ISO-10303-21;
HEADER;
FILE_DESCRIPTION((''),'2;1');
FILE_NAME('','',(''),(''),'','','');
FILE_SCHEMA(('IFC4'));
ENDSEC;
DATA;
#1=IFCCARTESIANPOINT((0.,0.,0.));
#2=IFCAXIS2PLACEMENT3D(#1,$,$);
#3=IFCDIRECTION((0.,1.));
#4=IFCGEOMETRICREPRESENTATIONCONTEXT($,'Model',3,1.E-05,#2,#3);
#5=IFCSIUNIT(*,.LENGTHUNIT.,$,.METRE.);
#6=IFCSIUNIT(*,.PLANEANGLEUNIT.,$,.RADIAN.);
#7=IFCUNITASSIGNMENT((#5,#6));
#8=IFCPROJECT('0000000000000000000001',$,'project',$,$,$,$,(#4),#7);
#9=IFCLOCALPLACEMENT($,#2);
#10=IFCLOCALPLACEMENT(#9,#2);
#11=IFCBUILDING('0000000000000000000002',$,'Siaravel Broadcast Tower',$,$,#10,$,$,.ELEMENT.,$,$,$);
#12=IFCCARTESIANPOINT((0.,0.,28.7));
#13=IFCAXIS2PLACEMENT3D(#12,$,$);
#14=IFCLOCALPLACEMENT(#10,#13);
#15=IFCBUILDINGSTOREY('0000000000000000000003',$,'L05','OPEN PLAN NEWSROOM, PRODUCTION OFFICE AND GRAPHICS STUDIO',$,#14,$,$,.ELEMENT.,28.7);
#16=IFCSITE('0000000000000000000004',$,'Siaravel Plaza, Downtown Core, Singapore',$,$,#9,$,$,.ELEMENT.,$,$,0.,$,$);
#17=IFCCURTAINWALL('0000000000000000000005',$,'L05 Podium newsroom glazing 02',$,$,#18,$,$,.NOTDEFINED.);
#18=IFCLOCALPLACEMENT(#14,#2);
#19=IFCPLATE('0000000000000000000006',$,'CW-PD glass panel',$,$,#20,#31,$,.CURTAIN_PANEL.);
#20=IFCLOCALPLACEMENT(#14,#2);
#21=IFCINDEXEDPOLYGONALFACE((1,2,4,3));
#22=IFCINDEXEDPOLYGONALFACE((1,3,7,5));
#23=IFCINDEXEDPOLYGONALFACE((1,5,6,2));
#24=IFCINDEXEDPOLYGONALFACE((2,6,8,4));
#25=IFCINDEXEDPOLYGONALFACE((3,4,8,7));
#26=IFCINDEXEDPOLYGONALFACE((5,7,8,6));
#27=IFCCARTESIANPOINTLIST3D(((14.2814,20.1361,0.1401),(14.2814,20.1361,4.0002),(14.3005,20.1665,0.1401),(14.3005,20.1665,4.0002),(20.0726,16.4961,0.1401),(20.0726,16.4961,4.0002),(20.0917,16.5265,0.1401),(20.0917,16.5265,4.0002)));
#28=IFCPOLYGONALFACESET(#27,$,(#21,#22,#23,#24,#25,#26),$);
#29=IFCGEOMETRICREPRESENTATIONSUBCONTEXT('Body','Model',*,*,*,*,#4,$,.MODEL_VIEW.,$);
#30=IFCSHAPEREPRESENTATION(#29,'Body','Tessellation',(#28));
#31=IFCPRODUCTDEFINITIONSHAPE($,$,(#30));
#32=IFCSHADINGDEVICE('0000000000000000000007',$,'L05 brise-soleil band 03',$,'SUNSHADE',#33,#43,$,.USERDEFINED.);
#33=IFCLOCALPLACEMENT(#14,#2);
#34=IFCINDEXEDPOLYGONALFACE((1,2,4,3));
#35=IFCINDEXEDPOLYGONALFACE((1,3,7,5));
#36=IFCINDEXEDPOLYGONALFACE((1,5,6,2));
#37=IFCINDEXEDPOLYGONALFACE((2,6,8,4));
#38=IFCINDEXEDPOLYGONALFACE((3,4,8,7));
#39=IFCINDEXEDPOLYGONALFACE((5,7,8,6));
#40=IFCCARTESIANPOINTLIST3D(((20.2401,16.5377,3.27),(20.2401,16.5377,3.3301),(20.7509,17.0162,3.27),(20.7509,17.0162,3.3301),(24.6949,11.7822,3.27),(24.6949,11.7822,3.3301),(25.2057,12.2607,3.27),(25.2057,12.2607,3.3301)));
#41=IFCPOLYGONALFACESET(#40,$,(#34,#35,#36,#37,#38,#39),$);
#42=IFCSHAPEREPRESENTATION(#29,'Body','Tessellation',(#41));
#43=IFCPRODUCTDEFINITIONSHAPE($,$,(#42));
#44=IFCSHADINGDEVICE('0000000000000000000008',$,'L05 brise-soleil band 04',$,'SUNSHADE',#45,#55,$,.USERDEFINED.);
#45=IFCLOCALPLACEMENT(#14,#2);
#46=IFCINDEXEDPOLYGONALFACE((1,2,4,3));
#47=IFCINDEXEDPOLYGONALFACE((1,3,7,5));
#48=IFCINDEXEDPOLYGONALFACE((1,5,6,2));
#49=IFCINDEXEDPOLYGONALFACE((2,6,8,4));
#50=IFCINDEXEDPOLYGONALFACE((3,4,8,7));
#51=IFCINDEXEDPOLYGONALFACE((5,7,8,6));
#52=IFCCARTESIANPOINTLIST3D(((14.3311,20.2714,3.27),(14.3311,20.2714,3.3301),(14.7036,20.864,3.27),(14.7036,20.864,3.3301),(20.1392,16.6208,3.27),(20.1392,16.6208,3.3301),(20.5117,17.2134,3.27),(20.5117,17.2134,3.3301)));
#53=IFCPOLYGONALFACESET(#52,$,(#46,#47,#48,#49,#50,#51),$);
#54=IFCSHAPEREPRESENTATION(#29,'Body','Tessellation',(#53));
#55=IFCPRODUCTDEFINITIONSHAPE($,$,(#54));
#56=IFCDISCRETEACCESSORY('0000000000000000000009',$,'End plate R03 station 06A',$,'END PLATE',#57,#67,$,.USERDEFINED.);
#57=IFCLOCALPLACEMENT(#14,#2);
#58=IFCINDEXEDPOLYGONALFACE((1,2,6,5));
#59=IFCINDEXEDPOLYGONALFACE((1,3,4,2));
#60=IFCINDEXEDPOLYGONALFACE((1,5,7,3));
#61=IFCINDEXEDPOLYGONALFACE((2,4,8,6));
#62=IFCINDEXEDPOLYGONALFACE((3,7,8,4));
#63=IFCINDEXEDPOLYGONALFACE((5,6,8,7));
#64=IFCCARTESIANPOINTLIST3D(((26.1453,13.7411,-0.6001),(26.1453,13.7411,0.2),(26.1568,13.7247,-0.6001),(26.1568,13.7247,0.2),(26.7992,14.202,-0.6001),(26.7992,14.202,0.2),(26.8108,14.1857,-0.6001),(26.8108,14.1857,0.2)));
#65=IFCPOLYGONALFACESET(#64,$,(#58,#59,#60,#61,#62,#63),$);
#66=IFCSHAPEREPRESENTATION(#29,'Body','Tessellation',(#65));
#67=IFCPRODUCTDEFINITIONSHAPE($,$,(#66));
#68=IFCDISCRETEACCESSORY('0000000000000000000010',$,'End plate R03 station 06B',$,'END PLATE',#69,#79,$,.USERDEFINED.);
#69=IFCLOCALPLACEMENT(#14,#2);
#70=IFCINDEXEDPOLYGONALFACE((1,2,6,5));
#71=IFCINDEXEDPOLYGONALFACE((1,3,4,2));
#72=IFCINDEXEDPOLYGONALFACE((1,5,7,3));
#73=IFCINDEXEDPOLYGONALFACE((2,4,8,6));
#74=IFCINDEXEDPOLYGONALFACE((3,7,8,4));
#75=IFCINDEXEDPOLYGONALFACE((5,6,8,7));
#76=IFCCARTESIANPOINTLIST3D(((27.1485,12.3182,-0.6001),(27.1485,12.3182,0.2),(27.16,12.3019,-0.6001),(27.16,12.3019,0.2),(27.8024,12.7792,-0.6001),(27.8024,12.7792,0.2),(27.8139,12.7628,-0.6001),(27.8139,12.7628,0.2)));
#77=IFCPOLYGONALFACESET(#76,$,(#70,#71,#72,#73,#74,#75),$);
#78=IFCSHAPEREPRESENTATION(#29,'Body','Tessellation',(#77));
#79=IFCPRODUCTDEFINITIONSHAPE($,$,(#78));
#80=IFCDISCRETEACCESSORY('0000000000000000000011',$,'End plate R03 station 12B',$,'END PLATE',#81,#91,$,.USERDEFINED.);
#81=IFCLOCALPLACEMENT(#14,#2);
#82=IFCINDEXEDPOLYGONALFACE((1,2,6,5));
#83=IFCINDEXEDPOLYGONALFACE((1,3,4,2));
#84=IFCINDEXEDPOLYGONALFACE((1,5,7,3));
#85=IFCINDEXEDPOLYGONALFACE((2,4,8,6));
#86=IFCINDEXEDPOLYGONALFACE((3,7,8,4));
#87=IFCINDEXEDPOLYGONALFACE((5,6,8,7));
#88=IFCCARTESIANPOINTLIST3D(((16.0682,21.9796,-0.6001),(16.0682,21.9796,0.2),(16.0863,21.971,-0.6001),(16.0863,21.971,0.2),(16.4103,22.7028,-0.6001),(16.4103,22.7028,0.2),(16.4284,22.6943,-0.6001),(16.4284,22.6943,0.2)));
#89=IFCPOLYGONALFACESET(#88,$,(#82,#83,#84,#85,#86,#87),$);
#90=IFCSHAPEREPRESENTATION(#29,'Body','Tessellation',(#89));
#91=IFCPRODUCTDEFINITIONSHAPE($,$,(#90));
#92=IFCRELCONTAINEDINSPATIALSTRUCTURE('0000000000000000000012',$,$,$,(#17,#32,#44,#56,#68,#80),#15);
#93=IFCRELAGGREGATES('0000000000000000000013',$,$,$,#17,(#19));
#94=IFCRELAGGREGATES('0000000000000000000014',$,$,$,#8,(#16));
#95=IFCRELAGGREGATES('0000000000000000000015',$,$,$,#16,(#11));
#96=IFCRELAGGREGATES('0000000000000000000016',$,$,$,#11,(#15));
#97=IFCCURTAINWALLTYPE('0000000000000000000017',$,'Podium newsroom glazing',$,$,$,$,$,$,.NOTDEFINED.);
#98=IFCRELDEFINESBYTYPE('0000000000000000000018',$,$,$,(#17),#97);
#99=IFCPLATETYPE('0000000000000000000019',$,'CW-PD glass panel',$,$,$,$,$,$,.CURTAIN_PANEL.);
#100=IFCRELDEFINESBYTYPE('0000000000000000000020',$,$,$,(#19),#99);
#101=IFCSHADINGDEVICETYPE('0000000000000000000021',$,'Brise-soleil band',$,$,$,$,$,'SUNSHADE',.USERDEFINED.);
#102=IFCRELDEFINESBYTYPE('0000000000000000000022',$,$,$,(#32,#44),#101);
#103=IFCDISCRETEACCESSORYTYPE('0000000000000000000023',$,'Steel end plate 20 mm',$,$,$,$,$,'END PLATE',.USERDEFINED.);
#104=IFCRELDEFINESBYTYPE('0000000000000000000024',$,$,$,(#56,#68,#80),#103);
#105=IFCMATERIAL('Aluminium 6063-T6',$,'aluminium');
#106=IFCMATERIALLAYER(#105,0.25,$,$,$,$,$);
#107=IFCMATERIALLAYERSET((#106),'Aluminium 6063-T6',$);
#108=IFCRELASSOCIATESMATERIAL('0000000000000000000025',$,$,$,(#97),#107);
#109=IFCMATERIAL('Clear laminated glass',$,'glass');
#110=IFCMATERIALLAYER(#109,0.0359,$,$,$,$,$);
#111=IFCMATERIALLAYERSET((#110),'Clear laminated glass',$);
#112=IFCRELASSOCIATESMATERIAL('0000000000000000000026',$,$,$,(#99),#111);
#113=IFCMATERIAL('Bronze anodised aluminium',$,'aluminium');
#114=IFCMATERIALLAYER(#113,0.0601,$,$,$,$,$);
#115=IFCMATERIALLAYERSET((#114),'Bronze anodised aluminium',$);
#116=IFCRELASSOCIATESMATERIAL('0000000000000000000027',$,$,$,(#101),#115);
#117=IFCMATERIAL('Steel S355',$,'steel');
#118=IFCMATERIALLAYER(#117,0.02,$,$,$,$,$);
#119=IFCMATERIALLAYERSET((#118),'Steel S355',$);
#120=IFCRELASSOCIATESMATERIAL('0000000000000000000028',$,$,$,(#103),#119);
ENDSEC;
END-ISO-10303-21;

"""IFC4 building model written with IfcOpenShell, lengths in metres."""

from ifc_helpers import new_model, si_unit, direction, frame, origin, origin_2d, place, context, subcontext, project, spatial, rectangle, extrude, material, layer, layer_set, type_object, element, aggregate, save


model = new_model("IFC4")

# Units and contexts
model_context = context("Model", 3, precision=1e-05, world=origin(), true_north=direction((0.0, 1.0)))
body_context = subcontext(model_context, "Body", "Model", "MODEL_VIEW")
ifc_project = project(units=[si_unit("LENGTHUNIT", "METRE"), si_unit("PLANEANGLEUNIT", "RADIAN")], contexts=[model_context])

# Site, building, storey
site_placement = place(None, origin())
site = spatial("IfcSite", under=ifc_project, at=site_placement, Name="Siaravel Plaza, Downtown Core, Singapore", CompositionType="ELEMENT", RefElevation=0.0)
building_placement = place(site_placement, origin())
building = spatial("IfcBuilding", under=site, at=building_placement, Name="Siaravel Broadcast Tower", CompositionType="ELEMENT")
storey_placement = place(building_placement, frame((0.0, 0.0, 28.7)))
storey = spatial("IfcBuildingStorey", under=building, at=storey_placement, Name="L05", Description="OPEN PLAN NEWSROOM, PRODUCTION OFFICE AND GRAPHICS STUDIO", CompositionType="ELEMENT", Elevation=28.7)

# Shared definitions
ifc_material_1 = material(Name="Steel S355", Category="steel")

# Shared definitions
ifc_material_2 = material(Name="Aluminium 6063-T6", Category="aluminium")
ifc_layer_1 = layer(ifc_material_2, 0.25)
ifc_layer_set_1 = layer_set([ifc_layer_1], Name="Aluminium 6063-T6")
curtain_wall_type = type_object("IfcCurtainWallType", Name="Podium newsroom glazing", PredefinedType="NOTDEFINED", material=ifc_layer_set_1)

# Curtain wall
curtain_wall_1_placement = place(storey_placement, origin())
curtain_wall_1 = element("IfcCurtainWall", 1, at=curtain_wall_1_placement, inside=storey, type_object=curtain_wall_type, Name="L05 Podium newsroom glazing 02", PredefinedType="NOTDEFINED")

# Plate
ifc_material_3 = material(Name="Clear laminated glass", Category="glass")
ifc_layer_2 = layer(ifc_material_3, 0.0359)
ifc_layer_set_2 = layer_set([ifc_layer_2], Name="Clear laminated glass")
plate_type = type_object("IfcPlateType", Name="CW-PD glass panel", PredefinedType="CURTAIN_PANEL", material=ifc_layer_set_2)
plate_1_placement = place(storey_placement, frame((17.1865, 18.3313, 0.1401), z_axis=(0.0, 0.0, 1.0), x_axis=(-0.846651, 0.532148, 0.0)))
plate_1 = element("IfcPlate", 2, at=plate_1_placement, type_object=plate_type, Name="CW-PD glass panel", PredefinedType="CURTAIN_PANEL", context=body_context, shape_type="SweptSolid", body=[
    extrude(rectangle(XDim=6.8401, YDim=0.0359, at=origin_2d()), origin(), (0.0, 0.0, 1.0), 3.8601),
])
aggregate(curtain_wall_1, [plate_1])

# Shading devices
ifc_material_4 = material(Name="Bronze anodised aluminium", Category="aluminium")
ifc_layer_3 = layer(ifc_material_4, 0.0601)
ifc_layer_set_3 = layer_set([ifc_layer_3], Name="Bronze anodised aluminium")
shading_device_type = type_object("IfcShadingDeviceType", Name="Brise-soleil band", ElementType="SUNSHADE", PredefinedType="USERDEFINED", material=ifc_layer_set_3)
shading_device_1_placement = place(storey_placement, frame((22.7229, 14.3992, 3.27), z_axis=(0.0, 0.0, 1.0), x_axis=(-0.683656, 0.729804, 0.0)))
element("IfcShadingDevice", 3, at=shading_device_1_placement, inside=storey, type_object=shading_device_type, Name="L05 brise-soleil band 03", ObjectType="SUNSHADE", PredefinedType="USERDEFINED", context=body_context, shape_type="SweptSolid", body=[
    extrude(rectangle(XDim=6.5161, YDim=0.7, at=origin_2d()), origin(), (0.0, 0.0, 1.0), 0.0601),
])
shading_device_2_placement = place(storey_placement, frame((17.4214, 18.7424, 3.27), z_axis=(0.0, 0.0, 1.0), x_axis=(-0.846651, 0.532148, 0.0)))
element("IfcShadingDevice", 4, at=shading_device_2_placement, inside=storey, type_object=shading_device_type, Name="L05 brise-soleil band 04", ObjectType="SUNSHADE", PredefinedType="USERDEFINED", context=body_context, shape_type="SweptSolid", body=[
    extrude(rectangle(XDim=6.8601, YDim=0.7, at=origin_2d()), origin(), (0.0, 0.0, 1.0), 0.0601),
])

# Discrete accessories
ifc_layer_4 = layer(ifc_material_1, 0.02)
ifc_layer_set_4 = layer_set([ifc_layer_4], Name="Steel S355")
discrete_accessory_type = type_object("IfcDiscreteAccessoryType", Name="Steel end plate 20 mm", ElementType="END PLATE", PredefinedType="USERDEFINED", material=ifc_layer_set_4)
for number, where, z_axis, x_axis, name in (
    (5, (26.478, 13.9634, -0.6001), (0.0, 0.0, 1.0), (-0.57612, 0.817365, 0.0), "End plate R03 station 06A"),
    (6, (27.4812, 12.5405, -0.6001), (0.0, 0.0, 1.0), (-0.57612, 0.817365, 0.0), "End plate R03 station 06B"),
    (7, (16.2483, 22.3369, -0.6001), (0.0, 0.0, 1.0), (-0.904007, 0.427517, 0.0), "End plate R03 station 12B"),
):
    element("IfcDiscreteAccessory", number, at=place(storey_placement, frame(where, z_axis=z_axis, x_axis=x_axis)), inside=storey, type_object=discrete_accessory_type, Name=name, ObjectType="END PLATE", PredefinedType="USERDEFINED", context=body_context, shape_type="SweptSolid", body=[
        extrude(rectangle(XDim=0.02, YDim=0.8, at=origin_2d()), origin(), (0.0, 0.0, 1.0), 0.8),
    ])

save(model, "model.ifc")
